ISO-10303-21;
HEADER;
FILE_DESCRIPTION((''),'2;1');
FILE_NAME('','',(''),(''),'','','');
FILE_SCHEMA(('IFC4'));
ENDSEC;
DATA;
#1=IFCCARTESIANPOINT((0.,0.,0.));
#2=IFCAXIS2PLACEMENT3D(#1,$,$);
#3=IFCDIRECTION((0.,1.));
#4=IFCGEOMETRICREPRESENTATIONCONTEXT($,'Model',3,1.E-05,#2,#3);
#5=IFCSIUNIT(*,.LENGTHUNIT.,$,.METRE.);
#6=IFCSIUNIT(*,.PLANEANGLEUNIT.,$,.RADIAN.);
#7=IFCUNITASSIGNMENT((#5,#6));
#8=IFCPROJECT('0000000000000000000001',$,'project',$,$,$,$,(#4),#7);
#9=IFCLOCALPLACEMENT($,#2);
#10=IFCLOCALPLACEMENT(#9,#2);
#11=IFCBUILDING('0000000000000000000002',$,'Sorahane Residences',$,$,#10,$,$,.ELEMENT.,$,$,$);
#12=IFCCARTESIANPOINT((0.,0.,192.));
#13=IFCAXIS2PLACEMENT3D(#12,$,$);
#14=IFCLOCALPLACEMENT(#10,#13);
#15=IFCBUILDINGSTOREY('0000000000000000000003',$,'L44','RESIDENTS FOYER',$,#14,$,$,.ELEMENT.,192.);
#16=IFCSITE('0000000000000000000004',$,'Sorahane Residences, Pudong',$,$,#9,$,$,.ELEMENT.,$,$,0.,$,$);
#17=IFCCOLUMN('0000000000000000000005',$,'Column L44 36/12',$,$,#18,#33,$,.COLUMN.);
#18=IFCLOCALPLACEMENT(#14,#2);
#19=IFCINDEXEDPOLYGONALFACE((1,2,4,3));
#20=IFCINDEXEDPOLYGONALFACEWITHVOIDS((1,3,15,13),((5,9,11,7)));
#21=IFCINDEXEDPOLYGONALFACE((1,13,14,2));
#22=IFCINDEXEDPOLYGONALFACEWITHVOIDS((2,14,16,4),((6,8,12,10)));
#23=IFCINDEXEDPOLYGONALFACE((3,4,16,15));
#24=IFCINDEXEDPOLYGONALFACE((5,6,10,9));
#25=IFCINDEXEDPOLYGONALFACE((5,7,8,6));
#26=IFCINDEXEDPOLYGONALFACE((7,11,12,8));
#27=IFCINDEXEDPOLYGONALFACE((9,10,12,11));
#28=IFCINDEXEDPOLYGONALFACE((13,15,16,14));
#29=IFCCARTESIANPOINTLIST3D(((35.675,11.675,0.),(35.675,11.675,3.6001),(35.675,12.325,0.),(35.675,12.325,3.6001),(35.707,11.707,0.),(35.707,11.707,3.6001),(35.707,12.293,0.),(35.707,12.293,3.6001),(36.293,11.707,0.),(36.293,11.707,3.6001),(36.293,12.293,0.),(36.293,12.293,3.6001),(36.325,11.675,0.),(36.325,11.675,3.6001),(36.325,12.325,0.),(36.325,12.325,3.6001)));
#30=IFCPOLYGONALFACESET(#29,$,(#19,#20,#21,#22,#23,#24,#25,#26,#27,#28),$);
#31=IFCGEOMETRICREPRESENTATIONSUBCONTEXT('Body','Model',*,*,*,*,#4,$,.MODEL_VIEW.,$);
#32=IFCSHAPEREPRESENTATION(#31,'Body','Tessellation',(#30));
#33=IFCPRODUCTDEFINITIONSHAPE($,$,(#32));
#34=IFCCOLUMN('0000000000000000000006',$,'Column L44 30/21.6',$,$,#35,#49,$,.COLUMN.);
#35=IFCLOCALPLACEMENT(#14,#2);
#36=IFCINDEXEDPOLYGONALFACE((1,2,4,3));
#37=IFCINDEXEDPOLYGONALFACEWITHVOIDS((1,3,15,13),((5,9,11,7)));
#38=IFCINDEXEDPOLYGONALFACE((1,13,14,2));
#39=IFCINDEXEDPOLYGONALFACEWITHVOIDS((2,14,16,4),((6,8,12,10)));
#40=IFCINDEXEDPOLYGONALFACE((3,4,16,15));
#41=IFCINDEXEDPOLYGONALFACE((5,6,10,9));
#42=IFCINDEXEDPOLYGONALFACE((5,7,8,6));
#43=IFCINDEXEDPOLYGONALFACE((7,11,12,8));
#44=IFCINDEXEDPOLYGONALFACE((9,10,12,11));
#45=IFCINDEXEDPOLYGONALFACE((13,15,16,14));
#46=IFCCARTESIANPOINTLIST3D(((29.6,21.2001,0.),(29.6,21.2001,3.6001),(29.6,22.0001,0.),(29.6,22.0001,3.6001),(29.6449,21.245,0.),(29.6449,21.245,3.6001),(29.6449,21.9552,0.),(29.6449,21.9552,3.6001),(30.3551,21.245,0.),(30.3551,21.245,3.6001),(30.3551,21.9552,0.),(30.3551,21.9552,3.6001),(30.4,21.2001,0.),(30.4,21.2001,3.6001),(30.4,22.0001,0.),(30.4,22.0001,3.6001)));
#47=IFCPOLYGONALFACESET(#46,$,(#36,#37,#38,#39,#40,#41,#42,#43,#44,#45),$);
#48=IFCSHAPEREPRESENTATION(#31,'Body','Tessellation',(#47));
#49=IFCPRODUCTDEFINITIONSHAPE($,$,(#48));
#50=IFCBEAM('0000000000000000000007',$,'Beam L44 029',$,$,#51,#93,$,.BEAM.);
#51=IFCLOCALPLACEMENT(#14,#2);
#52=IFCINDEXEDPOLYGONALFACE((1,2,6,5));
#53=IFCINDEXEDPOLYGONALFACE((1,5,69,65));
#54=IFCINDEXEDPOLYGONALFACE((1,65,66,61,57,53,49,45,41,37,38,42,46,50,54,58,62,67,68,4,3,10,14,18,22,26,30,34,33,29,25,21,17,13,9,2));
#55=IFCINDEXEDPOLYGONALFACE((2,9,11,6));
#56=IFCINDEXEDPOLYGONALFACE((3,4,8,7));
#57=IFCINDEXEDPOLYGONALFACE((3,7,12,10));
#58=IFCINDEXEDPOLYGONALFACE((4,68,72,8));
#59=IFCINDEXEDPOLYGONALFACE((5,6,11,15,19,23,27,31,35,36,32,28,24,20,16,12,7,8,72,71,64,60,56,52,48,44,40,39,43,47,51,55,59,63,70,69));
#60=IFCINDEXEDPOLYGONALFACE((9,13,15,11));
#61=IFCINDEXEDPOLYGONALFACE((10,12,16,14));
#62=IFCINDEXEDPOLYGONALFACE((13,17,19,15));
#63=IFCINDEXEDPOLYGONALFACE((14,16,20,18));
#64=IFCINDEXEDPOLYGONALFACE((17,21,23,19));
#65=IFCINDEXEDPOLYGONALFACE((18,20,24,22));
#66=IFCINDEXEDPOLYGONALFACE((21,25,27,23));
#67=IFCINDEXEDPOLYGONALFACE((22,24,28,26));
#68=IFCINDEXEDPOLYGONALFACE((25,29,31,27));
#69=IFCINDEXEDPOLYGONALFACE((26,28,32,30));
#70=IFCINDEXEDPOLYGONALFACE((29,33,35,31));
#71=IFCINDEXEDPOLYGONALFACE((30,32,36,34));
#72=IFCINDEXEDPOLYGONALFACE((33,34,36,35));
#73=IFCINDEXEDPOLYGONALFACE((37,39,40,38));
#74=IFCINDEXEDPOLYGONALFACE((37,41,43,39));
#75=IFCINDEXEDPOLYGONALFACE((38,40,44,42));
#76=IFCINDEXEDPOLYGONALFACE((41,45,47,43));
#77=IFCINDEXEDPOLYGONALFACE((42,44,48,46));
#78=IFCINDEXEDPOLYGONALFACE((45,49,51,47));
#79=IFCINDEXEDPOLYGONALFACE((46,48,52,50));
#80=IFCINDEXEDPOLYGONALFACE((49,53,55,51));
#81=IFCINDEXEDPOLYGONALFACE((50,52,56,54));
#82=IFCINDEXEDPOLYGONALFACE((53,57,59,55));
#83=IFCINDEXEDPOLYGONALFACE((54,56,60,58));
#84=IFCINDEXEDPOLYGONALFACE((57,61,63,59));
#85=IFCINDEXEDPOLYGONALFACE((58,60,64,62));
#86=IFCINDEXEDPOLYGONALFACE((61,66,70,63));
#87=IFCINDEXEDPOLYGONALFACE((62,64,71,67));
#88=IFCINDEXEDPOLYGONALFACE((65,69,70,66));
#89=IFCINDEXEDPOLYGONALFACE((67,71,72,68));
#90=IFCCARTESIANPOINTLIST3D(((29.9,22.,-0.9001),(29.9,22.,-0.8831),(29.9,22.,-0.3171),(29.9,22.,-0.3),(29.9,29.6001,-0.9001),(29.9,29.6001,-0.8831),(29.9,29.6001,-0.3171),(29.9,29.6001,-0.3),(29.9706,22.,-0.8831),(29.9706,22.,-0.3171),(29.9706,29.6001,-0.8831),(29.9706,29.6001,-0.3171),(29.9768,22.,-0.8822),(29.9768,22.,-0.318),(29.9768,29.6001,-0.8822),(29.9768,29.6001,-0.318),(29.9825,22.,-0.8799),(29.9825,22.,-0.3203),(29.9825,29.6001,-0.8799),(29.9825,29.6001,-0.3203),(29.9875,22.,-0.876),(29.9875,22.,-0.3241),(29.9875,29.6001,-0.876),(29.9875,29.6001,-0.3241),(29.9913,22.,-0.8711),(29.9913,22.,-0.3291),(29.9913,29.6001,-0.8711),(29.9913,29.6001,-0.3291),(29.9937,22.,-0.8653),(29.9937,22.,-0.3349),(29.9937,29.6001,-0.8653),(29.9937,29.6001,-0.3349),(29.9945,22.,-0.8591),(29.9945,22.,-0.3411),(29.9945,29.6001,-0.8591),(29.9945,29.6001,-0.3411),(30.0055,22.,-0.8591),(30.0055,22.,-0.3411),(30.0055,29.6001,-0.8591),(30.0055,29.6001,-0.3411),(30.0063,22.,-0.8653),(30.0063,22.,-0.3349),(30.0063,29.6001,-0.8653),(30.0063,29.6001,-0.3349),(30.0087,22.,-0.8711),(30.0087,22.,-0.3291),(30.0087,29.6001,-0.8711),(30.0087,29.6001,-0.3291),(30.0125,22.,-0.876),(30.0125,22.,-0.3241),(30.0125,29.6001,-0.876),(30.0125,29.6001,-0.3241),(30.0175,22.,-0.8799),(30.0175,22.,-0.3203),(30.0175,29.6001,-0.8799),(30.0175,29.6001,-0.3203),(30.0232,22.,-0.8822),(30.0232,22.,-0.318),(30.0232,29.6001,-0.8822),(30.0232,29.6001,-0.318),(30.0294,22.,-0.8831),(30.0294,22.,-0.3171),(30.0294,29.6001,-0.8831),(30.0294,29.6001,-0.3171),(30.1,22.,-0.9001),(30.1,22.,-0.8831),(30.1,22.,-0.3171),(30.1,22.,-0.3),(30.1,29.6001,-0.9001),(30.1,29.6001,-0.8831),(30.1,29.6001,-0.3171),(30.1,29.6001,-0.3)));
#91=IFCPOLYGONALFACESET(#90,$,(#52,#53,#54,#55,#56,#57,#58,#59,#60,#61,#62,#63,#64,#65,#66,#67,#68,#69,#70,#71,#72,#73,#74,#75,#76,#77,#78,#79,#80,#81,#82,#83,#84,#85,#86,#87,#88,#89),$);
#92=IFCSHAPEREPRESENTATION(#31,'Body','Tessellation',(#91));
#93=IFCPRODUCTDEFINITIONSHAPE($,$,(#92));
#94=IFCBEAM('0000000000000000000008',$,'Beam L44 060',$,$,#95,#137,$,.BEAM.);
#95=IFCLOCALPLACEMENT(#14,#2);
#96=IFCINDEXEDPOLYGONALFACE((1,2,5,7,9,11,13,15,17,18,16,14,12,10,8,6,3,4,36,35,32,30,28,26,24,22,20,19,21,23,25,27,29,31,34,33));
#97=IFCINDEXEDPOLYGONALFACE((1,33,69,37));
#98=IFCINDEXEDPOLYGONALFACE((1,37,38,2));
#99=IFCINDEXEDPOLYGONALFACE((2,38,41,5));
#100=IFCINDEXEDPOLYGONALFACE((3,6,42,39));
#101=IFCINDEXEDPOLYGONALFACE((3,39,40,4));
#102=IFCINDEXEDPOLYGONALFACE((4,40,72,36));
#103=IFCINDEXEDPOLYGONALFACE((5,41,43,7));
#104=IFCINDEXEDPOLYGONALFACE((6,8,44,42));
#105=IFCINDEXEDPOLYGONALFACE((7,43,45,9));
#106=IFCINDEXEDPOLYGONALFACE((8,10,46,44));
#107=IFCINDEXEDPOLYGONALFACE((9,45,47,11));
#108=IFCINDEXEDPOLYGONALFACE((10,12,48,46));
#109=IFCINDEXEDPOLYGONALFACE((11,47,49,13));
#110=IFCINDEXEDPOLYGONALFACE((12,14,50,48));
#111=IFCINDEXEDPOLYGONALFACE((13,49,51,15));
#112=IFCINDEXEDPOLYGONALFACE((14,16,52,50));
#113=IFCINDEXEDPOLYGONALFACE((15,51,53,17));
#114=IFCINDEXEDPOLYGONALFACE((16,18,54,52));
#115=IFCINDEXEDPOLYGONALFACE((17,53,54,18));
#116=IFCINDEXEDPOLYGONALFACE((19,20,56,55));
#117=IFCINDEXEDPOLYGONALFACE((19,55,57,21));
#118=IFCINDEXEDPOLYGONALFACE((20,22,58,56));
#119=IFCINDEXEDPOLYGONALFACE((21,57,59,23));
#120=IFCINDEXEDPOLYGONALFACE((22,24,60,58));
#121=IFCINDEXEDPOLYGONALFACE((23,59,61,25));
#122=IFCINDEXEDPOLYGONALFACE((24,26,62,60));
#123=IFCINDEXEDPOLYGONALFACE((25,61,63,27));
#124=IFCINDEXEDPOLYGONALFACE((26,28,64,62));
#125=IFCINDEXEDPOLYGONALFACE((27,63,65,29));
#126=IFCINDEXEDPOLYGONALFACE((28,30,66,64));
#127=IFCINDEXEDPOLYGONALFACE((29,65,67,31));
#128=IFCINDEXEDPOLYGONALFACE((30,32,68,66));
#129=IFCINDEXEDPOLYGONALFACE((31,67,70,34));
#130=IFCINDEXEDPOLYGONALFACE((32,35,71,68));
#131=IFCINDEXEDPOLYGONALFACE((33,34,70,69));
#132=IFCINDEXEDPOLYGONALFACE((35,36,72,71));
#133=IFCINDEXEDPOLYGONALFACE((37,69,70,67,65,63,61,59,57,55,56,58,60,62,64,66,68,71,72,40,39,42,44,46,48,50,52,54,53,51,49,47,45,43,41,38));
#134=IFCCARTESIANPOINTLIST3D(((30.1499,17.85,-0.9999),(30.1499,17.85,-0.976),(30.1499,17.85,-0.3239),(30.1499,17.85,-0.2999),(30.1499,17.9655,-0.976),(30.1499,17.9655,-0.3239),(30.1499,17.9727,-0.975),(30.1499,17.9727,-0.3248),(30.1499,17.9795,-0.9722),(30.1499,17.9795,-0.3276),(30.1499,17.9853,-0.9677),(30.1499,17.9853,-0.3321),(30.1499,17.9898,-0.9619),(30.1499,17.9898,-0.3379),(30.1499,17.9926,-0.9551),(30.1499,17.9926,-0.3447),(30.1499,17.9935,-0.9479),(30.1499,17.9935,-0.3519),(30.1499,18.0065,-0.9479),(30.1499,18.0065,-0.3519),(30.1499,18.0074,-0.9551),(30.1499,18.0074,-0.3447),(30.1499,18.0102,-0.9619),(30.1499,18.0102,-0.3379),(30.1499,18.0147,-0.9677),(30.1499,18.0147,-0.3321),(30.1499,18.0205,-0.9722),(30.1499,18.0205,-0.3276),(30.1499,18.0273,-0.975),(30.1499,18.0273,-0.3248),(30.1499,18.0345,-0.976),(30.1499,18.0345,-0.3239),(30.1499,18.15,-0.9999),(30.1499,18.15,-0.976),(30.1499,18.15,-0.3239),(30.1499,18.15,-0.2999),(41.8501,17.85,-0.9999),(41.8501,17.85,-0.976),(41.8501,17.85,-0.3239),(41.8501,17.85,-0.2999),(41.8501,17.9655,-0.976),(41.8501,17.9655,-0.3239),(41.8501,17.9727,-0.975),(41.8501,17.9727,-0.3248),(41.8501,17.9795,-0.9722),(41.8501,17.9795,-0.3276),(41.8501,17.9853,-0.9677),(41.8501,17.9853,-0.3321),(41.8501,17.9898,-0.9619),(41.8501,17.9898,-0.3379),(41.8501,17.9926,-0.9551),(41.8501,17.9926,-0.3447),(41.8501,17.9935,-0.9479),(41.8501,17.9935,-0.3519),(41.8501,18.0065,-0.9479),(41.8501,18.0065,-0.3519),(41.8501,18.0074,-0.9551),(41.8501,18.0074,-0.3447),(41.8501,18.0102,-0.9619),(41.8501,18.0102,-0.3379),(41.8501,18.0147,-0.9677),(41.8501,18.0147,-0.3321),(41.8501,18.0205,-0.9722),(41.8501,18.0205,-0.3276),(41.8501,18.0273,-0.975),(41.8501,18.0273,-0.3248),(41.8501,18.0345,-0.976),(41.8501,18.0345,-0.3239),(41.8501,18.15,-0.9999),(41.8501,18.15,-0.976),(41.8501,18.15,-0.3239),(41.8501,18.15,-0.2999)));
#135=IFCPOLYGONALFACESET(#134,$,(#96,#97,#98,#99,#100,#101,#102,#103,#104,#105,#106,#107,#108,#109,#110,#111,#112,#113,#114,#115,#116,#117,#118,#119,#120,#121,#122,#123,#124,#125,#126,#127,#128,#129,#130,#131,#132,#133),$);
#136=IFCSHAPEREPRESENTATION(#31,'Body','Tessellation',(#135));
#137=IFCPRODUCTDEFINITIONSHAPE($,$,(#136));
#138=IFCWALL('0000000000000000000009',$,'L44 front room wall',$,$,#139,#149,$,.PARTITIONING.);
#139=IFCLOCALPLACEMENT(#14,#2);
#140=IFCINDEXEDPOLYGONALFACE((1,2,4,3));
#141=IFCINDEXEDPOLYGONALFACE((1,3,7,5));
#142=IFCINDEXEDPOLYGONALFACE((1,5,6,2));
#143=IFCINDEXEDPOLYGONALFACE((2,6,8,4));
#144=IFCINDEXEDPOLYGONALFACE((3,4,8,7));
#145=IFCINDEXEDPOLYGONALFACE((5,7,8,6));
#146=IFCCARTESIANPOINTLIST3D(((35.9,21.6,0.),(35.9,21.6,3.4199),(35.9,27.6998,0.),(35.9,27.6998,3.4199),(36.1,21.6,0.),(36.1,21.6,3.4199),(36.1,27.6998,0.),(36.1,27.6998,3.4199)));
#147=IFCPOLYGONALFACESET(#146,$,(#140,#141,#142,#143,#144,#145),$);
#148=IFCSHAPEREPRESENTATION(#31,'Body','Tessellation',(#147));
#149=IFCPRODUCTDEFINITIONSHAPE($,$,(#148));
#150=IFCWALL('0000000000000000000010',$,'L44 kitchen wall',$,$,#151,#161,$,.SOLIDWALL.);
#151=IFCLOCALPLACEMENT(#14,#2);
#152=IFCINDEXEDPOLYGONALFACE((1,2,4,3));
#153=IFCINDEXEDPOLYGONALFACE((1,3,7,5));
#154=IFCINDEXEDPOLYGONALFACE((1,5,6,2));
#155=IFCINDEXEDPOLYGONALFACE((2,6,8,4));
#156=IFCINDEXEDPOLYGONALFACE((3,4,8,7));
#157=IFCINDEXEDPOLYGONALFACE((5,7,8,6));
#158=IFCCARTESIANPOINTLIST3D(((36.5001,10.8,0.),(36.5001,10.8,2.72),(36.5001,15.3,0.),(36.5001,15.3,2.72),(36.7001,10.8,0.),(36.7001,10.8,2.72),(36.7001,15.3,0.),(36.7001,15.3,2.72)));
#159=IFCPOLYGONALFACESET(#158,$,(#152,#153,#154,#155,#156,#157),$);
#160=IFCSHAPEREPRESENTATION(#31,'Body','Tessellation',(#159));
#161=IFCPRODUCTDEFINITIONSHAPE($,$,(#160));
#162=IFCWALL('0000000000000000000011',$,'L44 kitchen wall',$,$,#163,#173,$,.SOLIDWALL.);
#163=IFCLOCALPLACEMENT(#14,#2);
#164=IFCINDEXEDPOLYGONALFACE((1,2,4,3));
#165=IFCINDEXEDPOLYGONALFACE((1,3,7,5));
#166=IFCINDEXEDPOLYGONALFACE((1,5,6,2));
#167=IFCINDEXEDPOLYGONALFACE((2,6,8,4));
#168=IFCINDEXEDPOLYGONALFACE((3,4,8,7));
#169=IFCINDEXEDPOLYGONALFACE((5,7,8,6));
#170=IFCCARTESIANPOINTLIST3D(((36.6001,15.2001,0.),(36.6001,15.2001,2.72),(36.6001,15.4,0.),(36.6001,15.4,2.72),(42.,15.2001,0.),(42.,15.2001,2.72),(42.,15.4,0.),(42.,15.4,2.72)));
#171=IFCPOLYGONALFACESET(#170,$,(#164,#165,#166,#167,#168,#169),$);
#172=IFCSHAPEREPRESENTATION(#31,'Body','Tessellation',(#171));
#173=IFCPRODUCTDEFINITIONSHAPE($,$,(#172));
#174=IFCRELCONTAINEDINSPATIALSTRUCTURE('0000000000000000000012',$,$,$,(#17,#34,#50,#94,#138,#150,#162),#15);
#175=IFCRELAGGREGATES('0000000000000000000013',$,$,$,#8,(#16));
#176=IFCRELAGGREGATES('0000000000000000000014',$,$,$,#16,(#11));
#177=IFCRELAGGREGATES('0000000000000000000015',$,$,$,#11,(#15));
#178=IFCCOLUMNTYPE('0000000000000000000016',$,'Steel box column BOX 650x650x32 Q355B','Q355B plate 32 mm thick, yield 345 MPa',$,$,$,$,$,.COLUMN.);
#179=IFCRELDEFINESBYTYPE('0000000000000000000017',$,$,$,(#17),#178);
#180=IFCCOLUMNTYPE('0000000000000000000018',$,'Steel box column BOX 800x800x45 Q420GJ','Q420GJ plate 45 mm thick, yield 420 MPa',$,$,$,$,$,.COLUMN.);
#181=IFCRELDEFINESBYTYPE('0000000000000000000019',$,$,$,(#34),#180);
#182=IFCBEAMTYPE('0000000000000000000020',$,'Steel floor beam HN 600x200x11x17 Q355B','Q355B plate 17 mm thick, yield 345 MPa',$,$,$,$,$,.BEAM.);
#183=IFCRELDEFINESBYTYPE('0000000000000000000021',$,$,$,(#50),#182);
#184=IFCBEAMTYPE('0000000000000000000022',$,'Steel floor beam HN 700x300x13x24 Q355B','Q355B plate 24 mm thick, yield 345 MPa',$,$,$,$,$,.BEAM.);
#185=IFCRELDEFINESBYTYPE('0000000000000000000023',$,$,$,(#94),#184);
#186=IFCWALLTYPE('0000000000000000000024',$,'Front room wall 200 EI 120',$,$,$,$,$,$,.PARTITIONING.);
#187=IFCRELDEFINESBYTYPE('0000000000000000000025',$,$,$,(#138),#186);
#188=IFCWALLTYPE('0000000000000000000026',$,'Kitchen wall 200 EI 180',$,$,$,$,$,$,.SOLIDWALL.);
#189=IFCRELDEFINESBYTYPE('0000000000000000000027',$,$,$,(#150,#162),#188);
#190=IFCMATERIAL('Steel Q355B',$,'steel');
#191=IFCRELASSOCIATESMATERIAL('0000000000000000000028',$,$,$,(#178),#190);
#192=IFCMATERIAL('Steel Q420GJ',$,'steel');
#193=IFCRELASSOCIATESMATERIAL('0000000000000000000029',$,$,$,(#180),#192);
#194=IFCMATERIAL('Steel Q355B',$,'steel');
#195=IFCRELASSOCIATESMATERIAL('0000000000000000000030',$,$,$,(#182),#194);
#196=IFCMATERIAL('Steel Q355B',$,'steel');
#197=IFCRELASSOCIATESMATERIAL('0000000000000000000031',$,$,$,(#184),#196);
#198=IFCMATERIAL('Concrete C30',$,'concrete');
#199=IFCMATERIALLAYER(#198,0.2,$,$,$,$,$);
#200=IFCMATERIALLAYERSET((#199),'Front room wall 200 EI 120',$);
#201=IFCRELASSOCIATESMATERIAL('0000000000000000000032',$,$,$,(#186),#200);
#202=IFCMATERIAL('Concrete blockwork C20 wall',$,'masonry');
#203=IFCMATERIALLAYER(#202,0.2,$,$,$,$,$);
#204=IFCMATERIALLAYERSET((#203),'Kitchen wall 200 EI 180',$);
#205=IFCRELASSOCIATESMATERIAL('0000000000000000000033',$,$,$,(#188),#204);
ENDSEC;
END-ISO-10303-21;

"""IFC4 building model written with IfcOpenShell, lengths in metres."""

from ifc_helpers import new_model, si_unit, direction, frame, frame_2d, origin, origin_2d, place, context, subcontext, project, spatial, rectangle, hollow_rectangle, i_section, extrude, material, layer, layer_set, material_profile, profile_set, type_object, element, save


model = new_model("IFC4")

# Units and contexts
model_context = context("Model", 3, precision=1e-05, world=origin(), true_north=direction((0.0, 1.0)))
body_context = subcontext(model_context, "Body", "Model", "MODEL_VIEW")
ifc_project = project(units=[si_unit("LENGTHUNIT", "METRE"), si_unit("PLANEANGLEUNIT", "RADIAN")], contexts=[model_context])

# Site, building, storey
site_placement = place(None, origin())
site = spatial("IfcSite", under=ifc_project, at=site_placement, Name="Sorahane Residences, Pudong", CompositionType="ELEMENT", RefElevation=0.0)
building_placement = place(site_placement, origin())
building = spatial("IfcBuilding", under=site, at=building_placement, Name="Sorahane Residences", CompositionType="ELEMENT")
storey_placement = place(building_placement, frame((0.0, 0.0, 192.0)))
storey = spatial("IfcBuildingStorey", under=building, at=storey_placement, Name="L44", Description="RESIDENTS FOYER", CompositionType="ELEMENT", Elevation=192.0)

# Columns
ifc_material_1 = material(Name="Steel Q355B", Category="steel")
ifc_material_profile_1 = material_profile(ifc_material_1, hollow_rectangle(XDim=0.6499, YDim=0.6499, WallThickness=0.032, at=origin_2d()), Name="BOX 650x650x32")
ifc_profile_set_1 = profile_set([ifc_material_profile_1], Name="Steel Q355B")
column_type_1 = type_object("IfcColumnType", Name="Steel box column BOX 650x650x32 Q355B", Description="Q355B plate 32 mm thick, yield 345 MPa", PredefinedType="COLUMN", material=ifc_profile_set_1)
column_1_placement = place(storey_placement, frame((36.0, 12.0, 0.0), z_axis=(0.0, 0.0, 1.0), x_axis=(1.0, 0.0, 0.0)))
element("IfcColumn", 1, at=column_1_placement, inside=storey, type_object=column_type_1, Name="Column L44 36/12", PredefinedType="COLUMN", context=body_context, shape_type="SweptSolid", body=[
    extrude(hollow_rectangle(XDim=0.6499, YDim=0.6499, WallThickness=0.032, at=origin_2d()), origin(), (0.0, 0.0, 1.0), 3.6001),
])
ifc_material_2 = material(Name="Steel Q420GJ", Category="steel")
ifc_material_profile_2 = material_profile(ifc_material_2, hollow_rectangle(XDim=0.8, YDim=0.8, WallThickness=0.0449, at=origin_2d()), Name="BOX 800x800x45")
ifc_profile_set_2 = profile_set([ifc_material_profile_2], Name="Steel Q420GJ")
column_type_2 = type_object("IfcColumnType", Name="Steel box column BOX 800x800x45 Q420GJ", Description="Q420GJ plate 45 mm thick, yield 420 MPa", PredefinedType="COLUMN", material=ifc_profile_set_2)
column_2_placement = place(storey_placement, frame((30.0, 21.6001, 0.0), z_axis=(0.0, 0.0, 1.0), x_axis=(1.0, 0.0, 0.0)))
element("IfcColumn", 2, at=column_2_placement, inside=storey, type_object=column_type_2, Name="Column L44 30/21.6", PredefinedType="COLUMN", context=body_context, shape_type="SweptSolid", body=[
    extrude(hollow_rectangle(XDim=0.8, YDim=0.8, WallThickness=0.0449, at=origin_2d()), origin(), (0.0, 0.0, 1.0), 3.6001),
])

# Beams
ifc_material_3 = material(Name="Steel Q355B", Category="steel")
ifc_material_profile_3 = material_profile(ifc_material_3, i_section(OverallWidth=0.2, OverallDepth=0.6001, WebThickness=0.011, FlangeThickness=0.0171, FilletRadius=0.0239, at=origin_2d()), Name="HN 600x200x11x17")
ifc_profile_set_3 = profile_set([ifc_material_profile_3], Name="Steel Q355B")
beam_type_1 = type_object("IfcBeamType", Name="Steel floor beam HN 600x200x11x17 Q355B", Description="Q355B plate 17 mm thick, yield 345 MPa", PredefinedType="BEAM", material=ifc_profile_set_3)
beam_1_placement = place(storey_placement, frame((30.0, 22.0, -0.6001), z_axis=(0.0, 1.0, 0.0), x_axis=(-1.0, 0.0, 0.0)))
element("IfcBeam", 3, at=beam_1_placement, inside=storey, type_object=beam_type_1, Name="Beam L44 029", PredefinedType="BEAM", context=body_context, shape_type="SweptSolid", body=[
    extrude(i_section(OverallWidth=0.2, OverallDepth=0.6001, WebThickness=0.011, FlangeThickness=0.0171, FilletRadius=0.0239, at=origin_2d()), origin(), (0.0, 0.0, 1.0), 7.6001),
])
ifc_material_4 = material(Name="Steel Q355B", Category="steel")
ifc_material_profile_4 = material_profile(ifc_material_4, i_section(OverallWidth=0.3, OverallDepth=0.7, WebThickness=0.0129, FlangeThickness=0.0239, FilletRadius=0.0281, at=origin_2d()), Name="HN 700x300x13x24")
ifc_profile_set_4 = profile_set([ifc_material_profile_4], Name="Steel Q355B")
beam_type_2 = type_object("IfcBeamType", Name="Steel floor beam HN 700x300x13x24 Q355B", Description="Q355B plate 24 mm thick, yield 345 MPa", PredefinedType="BEAM", material=ifc_profile_set_4)
beam_2_placement = place(storey_placement, frame((30.1499, 18.0, -0.6499), z_axis=(1.0, 0.0, 0.0), x_axis=(0.0, 1.0, 0.0)))
element("IfcBeam", 4, at=beam_2_placement, inside=storey, type_object=beam_type_2, Name="Beam L44 060", PredefinedType="BEAM", context=body_context, shape_type="SweptSolid", body=[
    extrude(i_section(OverallWidth=0.3, OverallDepth=0.7, WebThickness=0.0129, FlangeThickness=0.0239, FilletRadius=0.0281, at=origin_2d()), origin(), (0.0, 0.0, 1.0), 11.7002),
])

# Walls
ifc_material_5 = material(Name="Concrete C30", Category="concrete")
ifc_layer_1 = layer(ifc_material_5, 0.2)
ifc_layer_set_1 = layer_set([ifc_layer_1], Name="Front room wall 200 EI 120")
wall_type_1 = type_object("IfcWallType", Name="Front room wall 200 EI 120", PredefinedType="PARTITIONING", material=ifc_layer_set_1)
wall_1_placement = place(storey_placement, frame((36.0, 21.6001, 0.0), z_axis=(0.0, 0.0, 1.0), x_axis=(0.0, 1.0, 0.0)))
element("IfcWall", 5, at=wall_1_placement, inside=storey, type_object=wall_type_1, Name="L44 front room wall", PredefinedType="PARTITIONING", context=body_context, shape_type="SweptSolid", body=[
    extrude(rectangle(XDim=6.0999, YDim=0.2, at=frame_2d((3.0498, 0.0))), origin(), (0.0, 0.0, 1.0), 3.4199),
])
ifc_material_6 = material(Name="Concrete blockwork C20 wall", Category="masonry")
ifc_layer_2 = layer(ifc_material_6, 0.2)
ifc_layer_set_2 = layer_set([ifc_layer_2], Name="Kitchen wall 200 EI 180")
wall_type_2 = type_object("IfcWallType", Name="Kitchen wall 200 EI 180", PredefinedType="SOLIDWALL", material=ifc_layer_set_2)
wall_2_placement = place(storey_placement, frame((36.6001, 10.8, 0.0), z_axis=(0.0, 0.0, 1.0), x_axis=(0.0, 1.0, 0.0)))
element("IfcWall", 6, at=wall_2_placement, inside=storey, type_object=wall_type_2, Name="L44 kitchen wall", PredefinedType="SOLIDWALL", context=body_context, shape_type="SweptSolid", body=[
    extrude(rectangle(XDim=4.5, YDim=0.2, at=frame_2d((2.25, 0.0))), origin(), (0.0, 0.0, 1.0), 2.72),
])

# Wall
wall_3_placement = place(storey_placement, frame((36.6001, 15.3, 0.0), z_axis=(0.0, 0.0, 1.0), x_axis=(1.0, 0.0, 0.0)))
element("IfcWall", 7, at=wall_3_placement, inside=storey, type_object=wall_type_2, Name="L44 kitchen wall", PredefinedType="SOLIDWALL", context=body_context, shape_type="SweptSolid", body=[
    extrude(rectangle(XDim=5.3999, YDim=0.2, at=frame_2d((2.7, 0.0))), origin(), (0.0, 0.0, 1.0), 2.72),
])

save(model, "model.ifc")
